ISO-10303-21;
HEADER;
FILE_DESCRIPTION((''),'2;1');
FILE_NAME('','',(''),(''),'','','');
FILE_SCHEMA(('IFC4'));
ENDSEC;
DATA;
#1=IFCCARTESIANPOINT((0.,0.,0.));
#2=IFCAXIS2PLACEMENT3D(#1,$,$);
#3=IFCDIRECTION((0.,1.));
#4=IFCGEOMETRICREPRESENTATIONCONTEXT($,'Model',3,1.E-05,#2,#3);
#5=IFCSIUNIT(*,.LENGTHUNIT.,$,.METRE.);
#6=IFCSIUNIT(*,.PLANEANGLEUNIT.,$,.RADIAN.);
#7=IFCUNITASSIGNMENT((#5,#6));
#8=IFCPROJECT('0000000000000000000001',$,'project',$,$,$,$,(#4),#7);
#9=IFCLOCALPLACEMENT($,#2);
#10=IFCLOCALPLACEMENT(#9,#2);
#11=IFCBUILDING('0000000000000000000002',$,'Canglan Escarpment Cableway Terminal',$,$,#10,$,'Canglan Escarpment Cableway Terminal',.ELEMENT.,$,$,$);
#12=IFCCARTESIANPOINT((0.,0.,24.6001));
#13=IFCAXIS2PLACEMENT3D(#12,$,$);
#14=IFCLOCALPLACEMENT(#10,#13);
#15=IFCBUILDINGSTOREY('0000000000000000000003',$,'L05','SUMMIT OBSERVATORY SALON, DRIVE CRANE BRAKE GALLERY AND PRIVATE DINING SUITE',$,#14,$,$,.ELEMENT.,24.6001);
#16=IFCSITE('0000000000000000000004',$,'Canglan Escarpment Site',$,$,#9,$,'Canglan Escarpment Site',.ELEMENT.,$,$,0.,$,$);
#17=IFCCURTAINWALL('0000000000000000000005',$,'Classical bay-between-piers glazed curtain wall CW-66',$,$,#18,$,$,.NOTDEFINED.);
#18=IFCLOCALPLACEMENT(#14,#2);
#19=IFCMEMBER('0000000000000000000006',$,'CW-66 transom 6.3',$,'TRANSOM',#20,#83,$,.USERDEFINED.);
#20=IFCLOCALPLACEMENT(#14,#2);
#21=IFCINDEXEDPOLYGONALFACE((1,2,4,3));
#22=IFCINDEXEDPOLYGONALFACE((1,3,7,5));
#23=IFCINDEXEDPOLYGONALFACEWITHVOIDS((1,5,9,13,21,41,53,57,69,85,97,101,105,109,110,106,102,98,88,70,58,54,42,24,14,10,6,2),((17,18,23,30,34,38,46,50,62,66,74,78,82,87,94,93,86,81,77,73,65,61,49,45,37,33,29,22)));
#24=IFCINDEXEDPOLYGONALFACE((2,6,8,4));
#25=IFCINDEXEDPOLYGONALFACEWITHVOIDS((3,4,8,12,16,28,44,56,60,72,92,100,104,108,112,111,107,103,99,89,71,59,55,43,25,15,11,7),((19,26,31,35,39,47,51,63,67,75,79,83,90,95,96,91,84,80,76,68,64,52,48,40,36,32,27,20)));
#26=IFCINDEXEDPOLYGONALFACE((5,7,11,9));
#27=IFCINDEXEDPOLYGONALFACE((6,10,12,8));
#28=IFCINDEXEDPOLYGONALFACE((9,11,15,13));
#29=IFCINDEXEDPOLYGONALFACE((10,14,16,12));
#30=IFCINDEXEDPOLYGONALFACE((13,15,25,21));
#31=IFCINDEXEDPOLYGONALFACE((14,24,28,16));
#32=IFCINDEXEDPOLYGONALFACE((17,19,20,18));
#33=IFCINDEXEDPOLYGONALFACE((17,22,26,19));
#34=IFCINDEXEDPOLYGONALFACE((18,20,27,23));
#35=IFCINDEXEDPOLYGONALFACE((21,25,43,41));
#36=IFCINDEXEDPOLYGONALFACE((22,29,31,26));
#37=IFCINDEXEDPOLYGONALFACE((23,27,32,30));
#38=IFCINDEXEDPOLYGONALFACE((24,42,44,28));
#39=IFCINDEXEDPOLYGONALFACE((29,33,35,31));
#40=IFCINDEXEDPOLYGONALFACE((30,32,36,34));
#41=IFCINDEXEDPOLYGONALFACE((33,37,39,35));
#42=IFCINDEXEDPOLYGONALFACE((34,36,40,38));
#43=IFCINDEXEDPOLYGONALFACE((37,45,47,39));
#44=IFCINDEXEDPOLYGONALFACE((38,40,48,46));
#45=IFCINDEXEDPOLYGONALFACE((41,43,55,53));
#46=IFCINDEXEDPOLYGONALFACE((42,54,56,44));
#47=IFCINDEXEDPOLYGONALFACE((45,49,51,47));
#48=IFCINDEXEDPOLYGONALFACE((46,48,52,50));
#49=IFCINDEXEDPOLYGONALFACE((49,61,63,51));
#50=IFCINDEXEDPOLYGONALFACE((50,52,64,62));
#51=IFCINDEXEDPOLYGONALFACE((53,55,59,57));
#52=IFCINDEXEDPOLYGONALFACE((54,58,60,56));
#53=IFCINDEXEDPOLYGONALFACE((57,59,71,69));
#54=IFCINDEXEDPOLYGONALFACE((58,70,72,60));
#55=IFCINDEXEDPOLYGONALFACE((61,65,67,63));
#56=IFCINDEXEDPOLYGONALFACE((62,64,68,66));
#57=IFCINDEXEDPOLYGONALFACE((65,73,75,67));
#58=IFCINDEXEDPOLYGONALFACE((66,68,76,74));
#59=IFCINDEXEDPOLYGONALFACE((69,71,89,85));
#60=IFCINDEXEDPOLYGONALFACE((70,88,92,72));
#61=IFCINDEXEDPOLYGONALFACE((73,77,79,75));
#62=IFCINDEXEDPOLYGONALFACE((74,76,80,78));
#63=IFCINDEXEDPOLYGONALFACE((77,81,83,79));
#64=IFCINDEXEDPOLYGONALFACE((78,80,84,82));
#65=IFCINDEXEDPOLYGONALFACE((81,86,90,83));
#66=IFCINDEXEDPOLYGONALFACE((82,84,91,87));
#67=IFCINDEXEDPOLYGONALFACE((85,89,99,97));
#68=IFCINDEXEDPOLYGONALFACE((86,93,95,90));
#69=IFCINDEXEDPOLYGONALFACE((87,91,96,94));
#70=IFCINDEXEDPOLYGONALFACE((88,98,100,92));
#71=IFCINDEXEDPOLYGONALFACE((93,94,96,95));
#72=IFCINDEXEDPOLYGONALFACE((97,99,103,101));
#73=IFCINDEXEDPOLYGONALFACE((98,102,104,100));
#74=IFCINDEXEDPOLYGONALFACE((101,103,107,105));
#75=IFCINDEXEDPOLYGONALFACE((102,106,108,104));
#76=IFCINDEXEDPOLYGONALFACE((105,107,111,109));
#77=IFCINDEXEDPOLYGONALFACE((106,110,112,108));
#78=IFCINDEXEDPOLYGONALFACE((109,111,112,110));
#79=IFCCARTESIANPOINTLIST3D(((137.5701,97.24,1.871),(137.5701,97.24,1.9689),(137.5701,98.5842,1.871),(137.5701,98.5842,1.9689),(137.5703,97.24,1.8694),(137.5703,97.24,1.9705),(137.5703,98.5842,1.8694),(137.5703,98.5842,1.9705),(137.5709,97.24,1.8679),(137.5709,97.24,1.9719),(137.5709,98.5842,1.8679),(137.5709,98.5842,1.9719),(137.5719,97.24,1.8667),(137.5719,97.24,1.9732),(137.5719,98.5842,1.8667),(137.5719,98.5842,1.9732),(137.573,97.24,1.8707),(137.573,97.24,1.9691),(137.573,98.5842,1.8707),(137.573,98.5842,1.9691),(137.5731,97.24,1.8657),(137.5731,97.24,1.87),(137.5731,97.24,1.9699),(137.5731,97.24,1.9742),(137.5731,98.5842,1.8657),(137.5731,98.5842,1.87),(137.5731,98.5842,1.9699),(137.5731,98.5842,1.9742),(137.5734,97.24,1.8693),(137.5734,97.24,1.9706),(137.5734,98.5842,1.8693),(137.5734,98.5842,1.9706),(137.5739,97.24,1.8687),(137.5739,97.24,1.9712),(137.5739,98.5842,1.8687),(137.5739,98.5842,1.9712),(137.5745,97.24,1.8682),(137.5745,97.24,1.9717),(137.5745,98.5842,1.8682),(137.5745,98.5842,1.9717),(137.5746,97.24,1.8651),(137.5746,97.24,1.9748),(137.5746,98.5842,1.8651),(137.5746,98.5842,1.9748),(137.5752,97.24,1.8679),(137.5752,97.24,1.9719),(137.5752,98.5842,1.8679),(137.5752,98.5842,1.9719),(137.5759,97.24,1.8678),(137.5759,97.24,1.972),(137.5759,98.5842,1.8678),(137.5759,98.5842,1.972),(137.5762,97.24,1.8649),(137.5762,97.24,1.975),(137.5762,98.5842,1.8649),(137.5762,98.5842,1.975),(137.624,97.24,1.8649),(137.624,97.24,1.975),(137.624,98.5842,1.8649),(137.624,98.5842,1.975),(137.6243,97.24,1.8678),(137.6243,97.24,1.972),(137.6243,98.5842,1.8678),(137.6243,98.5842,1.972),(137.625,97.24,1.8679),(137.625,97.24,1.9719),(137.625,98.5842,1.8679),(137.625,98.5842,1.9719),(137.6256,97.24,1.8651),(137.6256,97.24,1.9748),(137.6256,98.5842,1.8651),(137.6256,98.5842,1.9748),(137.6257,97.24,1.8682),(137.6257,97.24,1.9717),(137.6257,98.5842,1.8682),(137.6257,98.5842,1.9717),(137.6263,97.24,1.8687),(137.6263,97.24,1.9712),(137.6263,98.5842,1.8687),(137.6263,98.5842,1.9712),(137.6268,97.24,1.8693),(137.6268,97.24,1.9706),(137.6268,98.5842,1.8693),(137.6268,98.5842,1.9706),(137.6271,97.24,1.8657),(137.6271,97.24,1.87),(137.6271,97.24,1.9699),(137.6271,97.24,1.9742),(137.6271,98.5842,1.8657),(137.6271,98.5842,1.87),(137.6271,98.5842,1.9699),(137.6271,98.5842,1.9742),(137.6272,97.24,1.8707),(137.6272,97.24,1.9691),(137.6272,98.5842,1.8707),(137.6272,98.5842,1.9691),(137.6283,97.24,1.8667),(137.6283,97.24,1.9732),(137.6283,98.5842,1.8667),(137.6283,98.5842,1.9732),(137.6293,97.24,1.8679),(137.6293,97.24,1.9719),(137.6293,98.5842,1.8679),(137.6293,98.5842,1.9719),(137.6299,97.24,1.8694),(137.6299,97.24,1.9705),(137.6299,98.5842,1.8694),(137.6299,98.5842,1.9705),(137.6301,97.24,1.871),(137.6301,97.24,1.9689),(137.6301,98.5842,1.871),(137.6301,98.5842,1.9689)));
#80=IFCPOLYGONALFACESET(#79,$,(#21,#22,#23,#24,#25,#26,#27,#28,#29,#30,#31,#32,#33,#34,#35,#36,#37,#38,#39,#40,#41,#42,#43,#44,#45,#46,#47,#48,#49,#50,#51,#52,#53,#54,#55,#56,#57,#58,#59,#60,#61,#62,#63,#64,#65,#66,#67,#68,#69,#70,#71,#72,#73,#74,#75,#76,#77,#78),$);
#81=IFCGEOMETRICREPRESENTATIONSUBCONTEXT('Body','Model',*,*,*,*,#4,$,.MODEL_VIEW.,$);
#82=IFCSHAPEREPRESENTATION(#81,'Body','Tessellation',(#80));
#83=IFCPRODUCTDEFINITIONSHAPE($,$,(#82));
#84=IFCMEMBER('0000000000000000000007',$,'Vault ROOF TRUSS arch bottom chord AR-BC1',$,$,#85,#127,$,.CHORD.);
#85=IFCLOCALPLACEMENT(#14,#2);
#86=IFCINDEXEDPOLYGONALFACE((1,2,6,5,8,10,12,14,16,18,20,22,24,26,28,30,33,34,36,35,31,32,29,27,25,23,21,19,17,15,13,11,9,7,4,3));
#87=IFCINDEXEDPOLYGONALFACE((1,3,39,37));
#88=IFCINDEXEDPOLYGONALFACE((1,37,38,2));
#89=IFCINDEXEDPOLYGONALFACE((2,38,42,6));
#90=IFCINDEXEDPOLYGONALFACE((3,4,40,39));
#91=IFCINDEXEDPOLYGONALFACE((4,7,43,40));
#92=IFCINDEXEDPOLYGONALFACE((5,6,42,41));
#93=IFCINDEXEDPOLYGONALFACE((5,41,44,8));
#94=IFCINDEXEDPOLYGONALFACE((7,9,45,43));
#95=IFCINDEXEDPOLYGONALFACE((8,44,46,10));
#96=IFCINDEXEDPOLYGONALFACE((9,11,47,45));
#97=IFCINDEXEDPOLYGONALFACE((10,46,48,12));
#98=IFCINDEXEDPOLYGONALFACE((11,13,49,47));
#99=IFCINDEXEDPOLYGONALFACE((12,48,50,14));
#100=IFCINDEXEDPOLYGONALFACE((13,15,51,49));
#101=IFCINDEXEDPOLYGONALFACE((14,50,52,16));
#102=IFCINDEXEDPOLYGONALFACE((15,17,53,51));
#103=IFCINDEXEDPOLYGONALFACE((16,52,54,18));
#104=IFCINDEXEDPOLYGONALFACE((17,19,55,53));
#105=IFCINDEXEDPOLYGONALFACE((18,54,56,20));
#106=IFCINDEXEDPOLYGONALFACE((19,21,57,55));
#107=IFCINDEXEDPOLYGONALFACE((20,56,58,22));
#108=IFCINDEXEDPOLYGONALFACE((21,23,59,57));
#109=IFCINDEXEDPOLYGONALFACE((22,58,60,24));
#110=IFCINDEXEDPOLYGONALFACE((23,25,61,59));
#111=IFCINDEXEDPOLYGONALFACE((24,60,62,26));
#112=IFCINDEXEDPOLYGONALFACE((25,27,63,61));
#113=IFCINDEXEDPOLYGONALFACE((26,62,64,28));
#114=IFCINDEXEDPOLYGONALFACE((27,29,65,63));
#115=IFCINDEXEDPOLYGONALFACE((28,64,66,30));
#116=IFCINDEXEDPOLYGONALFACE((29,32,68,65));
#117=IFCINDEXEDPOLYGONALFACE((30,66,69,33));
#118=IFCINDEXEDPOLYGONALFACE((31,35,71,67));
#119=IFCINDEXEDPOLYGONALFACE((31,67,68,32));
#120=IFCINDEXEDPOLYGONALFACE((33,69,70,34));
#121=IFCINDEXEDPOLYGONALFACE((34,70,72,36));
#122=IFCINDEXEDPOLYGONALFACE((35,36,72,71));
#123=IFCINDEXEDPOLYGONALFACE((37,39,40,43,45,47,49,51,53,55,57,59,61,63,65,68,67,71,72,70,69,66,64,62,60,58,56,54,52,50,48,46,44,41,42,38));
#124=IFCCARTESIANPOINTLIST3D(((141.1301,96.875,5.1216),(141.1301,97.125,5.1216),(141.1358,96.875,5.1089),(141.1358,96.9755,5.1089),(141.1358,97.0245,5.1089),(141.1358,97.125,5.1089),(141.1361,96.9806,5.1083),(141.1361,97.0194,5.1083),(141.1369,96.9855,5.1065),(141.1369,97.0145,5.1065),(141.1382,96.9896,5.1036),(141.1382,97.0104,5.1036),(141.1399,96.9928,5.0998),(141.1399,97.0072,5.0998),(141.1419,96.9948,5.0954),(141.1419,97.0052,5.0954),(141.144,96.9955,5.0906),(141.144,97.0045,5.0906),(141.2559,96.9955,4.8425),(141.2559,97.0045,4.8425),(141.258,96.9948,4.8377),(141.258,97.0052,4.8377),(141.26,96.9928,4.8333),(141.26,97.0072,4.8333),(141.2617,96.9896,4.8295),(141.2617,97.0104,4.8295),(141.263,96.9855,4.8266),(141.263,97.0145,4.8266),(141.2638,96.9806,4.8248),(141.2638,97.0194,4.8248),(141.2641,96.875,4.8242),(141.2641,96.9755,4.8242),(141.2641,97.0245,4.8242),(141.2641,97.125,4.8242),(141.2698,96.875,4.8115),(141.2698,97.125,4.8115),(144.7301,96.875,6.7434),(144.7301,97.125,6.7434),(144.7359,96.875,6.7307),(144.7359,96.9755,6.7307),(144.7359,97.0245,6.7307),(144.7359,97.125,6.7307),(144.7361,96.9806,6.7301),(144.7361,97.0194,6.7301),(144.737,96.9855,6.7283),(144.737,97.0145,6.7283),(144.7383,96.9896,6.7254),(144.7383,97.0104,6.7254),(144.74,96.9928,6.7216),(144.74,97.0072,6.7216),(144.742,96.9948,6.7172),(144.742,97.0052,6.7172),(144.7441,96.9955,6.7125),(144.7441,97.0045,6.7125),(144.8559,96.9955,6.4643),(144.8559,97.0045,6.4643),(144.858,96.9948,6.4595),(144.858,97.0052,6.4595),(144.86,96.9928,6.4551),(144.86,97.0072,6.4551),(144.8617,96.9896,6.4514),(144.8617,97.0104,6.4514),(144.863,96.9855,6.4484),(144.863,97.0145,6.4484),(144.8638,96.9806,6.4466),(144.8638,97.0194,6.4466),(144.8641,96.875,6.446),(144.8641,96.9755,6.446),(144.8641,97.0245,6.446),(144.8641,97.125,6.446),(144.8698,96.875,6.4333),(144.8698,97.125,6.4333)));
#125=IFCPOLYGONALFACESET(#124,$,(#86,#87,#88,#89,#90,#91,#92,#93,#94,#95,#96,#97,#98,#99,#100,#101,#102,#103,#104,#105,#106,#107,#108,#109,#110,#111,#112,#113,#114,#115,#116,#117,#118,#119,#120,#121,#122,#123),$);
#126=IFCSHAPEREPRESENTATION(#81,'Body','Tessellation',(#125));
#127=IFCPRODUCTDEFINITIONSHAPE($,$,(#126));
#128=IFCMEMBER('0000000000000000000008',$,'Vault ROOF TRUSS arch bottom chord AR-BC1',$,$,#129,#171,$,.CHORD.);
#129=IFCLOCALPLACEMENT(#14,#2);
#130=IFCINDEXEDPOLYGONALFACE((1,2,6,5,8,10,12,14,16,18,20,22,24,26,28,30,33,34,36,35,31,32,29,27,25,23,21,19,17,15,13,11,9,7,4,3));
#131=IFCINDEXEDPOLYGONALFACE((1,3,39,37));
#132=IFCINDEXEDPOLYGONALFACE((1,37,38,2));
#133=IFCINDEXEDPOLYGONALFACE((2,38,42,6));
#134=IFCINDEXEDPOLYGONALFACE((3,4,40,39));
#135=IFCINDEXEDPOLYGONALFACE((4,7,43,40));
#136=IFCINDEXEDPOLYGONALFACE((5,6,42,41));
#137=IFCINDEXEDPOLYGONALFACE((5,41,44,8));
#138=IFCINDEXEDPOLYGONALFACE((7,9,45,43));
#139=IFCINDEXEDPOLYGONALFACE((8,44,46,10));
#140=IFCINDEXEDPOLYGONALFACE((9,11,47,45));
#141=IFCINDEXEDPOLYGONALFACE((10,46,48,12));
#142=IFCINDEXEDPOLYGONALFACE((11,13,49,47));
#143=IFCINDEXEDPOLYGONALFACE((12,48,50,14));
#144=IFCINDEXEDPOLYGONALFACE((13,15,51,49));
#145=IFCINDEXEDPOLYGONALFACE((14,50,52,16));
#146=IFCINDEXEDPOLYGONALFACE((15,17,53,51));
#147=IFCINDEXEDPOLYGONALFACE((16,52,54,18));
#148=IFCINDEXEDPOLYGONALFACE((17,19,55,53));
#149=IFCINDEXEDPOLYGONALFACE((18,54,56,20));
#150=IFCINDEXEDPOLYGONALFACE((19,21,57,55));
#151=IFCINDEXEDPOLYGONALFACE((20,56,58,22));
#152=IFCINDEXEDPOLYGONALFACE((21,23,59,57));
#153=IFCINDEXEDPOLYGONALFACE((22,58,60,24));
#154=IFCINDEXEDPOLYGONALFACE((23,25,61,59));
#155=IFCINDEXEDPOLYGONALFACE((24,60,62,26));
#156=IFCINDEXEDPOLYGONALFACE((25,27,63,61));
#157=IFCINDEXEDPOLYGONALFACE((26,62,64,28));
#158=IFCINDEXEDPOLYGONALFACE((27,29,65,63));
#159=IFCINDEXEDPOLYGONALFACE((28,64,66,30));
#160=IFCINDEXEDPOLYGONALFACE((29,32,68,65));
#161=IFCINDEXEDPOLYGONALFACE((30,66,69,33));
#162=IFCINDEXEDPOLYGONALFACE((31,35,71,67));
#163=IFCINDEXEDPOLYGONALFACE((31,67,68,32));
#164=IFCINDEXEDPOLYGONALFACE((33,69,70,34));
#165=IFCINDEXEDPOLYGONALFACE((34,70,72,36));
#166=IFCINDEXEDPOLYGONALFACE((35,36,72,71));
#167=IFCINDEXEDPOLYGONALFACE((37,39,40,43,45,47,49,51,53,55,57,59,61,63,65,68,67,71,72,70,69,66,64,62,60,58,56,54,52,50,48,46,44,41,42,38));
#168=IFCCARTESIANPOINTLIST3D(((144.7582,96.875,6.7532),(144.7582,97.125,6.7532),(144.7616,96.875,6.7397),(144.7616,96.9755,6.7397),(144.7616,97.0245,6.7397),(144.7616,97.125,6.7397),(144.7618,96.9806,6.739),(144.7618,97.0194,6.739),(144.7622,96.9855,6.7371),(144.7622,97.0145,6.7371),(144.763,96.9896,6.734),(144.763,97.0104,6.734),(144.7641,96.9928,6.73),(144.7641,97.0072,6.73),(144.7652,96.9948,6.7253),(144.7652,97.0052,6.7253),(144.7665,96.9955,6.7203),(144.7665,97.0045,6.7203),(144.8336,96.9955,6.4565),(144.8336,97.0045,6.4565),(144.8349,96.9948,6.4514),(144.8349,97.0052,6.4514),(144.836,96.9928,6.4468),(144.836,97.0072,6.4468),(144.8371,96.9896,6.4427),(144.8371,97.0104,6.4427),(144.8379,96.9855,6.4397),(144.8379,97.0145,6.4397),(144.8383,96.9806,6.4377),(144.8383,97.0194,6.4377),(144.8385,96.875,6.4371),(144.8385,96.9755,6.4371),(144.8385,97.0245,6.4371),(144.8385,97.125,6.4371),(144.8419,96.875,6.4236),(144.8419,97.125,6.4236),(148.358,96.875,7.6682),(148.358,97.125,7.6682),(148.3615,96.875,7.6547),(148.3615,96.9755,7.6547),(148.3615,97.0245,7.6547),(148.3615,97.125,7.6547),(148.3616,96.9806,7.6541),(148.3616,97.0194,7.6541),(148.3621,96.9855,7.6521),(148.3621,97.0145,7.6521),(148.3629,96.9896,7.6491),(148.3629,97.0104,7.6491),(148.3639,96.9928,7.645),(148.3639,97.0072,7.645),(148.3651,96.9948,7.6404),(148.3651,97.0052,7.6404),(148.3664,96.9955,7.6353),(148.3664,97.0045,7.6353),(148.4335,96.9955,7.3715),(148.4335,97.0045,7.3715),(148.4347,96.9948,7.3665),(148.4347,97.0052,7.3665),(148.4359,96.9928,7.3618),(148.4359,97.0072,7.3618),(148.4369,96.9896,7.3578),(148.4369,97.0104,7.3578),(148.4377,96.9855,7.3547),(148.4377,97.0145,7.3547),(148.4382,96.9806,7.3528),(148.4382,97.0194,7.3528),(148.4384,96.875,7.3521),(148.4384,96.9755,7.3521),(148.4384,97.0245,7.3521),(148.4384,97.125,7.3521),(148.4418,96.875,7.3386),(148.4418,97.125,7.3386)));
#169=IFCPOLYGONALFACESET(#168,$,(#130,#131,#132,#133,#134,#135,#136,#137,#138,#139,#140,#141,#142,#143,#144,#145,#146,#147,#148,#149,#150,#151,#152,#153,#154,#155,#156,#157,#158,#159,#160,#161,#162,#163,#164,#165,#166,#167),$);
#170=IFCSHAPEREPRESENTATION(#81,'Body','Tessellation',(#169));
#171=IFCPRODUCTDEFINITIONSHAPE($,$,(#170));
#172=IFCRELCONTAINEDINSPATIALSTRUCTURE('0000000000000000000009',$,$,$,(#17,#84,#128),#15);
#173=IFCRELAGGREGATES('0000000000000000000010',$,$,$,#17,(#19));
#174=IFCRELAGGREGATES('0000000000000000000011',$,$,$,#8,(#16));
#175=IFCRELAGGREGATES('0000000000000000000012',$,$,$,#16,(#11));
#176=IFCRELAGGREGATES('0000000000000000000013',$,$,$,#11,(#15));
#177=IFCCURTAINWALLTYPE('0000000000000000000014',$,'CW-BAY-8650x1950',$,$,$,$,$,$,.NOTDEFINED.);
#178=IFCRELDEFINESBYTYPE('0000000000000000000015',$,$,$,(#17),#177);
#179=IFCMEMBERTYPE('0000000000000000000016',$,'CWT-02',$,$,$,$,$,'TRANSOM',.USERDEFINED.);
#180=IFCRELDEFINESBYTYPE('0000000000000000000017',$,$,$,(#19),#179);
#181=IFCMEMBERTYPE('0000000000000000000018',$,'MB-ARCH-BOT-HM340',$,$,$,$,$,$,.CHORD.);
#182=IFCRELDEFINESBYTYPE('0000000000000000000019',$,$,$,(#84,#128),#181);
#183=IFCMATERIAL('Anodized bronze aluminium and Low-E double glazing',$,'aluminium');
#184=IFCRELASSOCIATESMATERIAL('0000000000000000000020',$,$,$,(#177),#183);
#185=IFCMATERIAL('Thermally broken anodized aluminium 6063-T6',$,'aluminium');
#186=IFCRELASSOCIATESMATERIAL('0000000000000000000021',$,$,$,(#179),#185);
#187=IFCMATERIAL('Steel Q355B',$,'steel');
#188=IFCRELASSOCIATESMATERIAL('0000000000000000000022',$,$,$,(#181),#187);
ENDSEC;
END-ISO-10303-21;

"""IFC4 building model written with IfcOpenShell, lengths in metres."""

from ifc_helpers import new_model, si_unit, direction, frame, origin, origin_2d, place, context, subcontext, project, spatial, hollow_rectangle, i_section, extrude, material, material_profile, profile_set, type_object, element, aggregate, save


model = new_model("IFC4")

# Units and contexts
model_context = context("Model", 3, precision=1e-05, world=origin(), true_north=direction((0.0, 1.0)))
body_context = subcontext(model_context, "Body", "Model", "MODEL_VIEW")
ifc_project = project(units=[si_unit("LENGTHUNIT", "METRE"), si_unit("PLANEANGLEUNIT", "RADIAN")], contexts=[model_context])

# Site, building, storey
site_placement = place(None, origin())
site = spatial("IfcSite", under=ifc_project, at=site_placement, Name="Canglan Escarpment Site", LongName="Canglan Escarpment Site", CompositionType="ELEMENT", RefElevation=0.0)
building_placement = place(site_placement, origin())
building = spatial("IfcBuilding", under=site, at=building_placement, Name="Canglan Escarpment Cableway Terminal", LongName="Canglan Escarpment Cableway Terminal", CompositionType="ELEMENT")
storey_placement = place(building_placement, frame((0.0, 0.0, 24.6001)))
storey = spatial("IfcBuildingStorey", under=building, at=storey_placement, Name="L05", Description="SUMMIT OBSERVATORY SALON, DRIVE CRANE BRAKE GALLERY AND PRIVATE DINING SUITE", CompositionType="ELEMENT", Elevation=24.6001)

# Shared definitions
ifc_material_1 = material(Name="Steel Q355B", Category="steel")

# Curtain wall, member
ifc_material_2 = material(Name="Anodized bronze aluminium and Low-E double glazing", Category="aluminium")
curtain_wall_type = type_object("IfcCurtainWallType", Name="CW-BAY-8650x1950", PredefinedType="NOTDEFINED", material=ifc_material_2)
curtain_wall_placement = place(storey_placement, origin())
curtain_wall = element("IfcCurtainWall", 1, at=curtain_wall_placement, inside=storey, type_object=curtain_wall_type, Name="Classical bay-between-piers glazed curtain wall CW-66", PredefinedType="NOTDEFINED")
ifc_material_3 = material(Name="Thermally broken anodized aluminium 6063-T6", Category="aluminium")
ifc_material_profile_1 = material_profile(ifc_material_3, hollow_rectangle(XDim=0.0601, YDim=0.1101, WallThickness=0.0029, InnerFilletRadius=0.0029, OuterFilletRadius=0.0061, at=origin_2d()), Name="ALU-TRAN 60x110x3")
ifc_profile_set_1 = profile_set([ifc_material_profile_1], Name="Thermally broken anodized aluminium 6063-T6")
member_type_1 = type_object("IfcMemberType", Name="CWT-02", ElementType="TRANSOM", PredefinedType="USERDEFINED", material=ifc_profile_set_1)
member_1_placement = place(storey_placement, frame((137.6001, 98.5842, 1.9199), z_axis=(0.0, -1.0, 0.0), x_axis=(1.0, 0.0, 0.0)))
member_1 = element("IfcMember", 2, at=member_1_placement, type_object=member_type_1, Name="CW-66 transom 6.3", ObjectType="TRANSOM", PredefinedType="USERDEFINED", context=body_context, shape_type="SweptSolid", body=[
    extrude(hollow_rectangle(XDim=0.0601, YDim=0.1101, WallThickness=0.0029, InnerFilletRadius=0.0029, OuterFilletRadius=0.0061, at=origin_2d()), origin(), (0.0, 0.0, 1.0), 1.3442),
])

# Members
ifc_material_profile_2 = material_profile(ifc_material_1, i_section(OverallWidth=0.25, OverallDepth=0.3401, WebThickness=0.009, FlangeThickness=0.0139, FilletRadius=0.02, at=origin_2d()), Name="HM 340x250x9x14")
ifc_profile_set_2 = profile_set([ifc_material_profile_2], Name="Steel Q355B")
member_type_2 = type_object("IfcMemberType", Name="MB-ARCH-BOT-HM340", PredefinedType="CHORD", material=ifc_profile_set_2)
member_2_placement = place(storey_placement, frame((141.2, 97.0, 4.9666), z_axis=(0.911753, 0.0, 0.41074), x_axis=(0.0, 1.0, 0.0)))
element("IfcMember", 3, at=member_2_placement, inside=storey, type_object=member_type_2, Name="Vault ROOF TRUSS arch bottom chord AR-BC1", PredefinedType="CHORD", context=body_context, shape_type="SweptSolid", body=[
    extrude(i_section(OverallWidth=0.25, OverallDepth=0.3401, WebThickness=0.009, FlangeThickness=0.0139, FilletRadius=0.02, at=origin_2d()), origin(), (0.0, 0.0, 1.0), 3.9485),
])
member_3_placement = place(storey_placement, frame((144.8, 97.0, 6.5884), z_axis=(0.96918, 0.0, 0.246354), x_axis=(0.0, 1.0, 0.0)))
element("IfcMember", 4, at=member_3_placement, inside=storey, type_object=member_type_2, Name="Vault ROOF TRUSS arch bottom chord AR-BC1", PredefinedType="CHORD", context=body_context, shape_type="SweptSolid", body=[
    extrude(i_section(OverallWidth=0.25, OverallDepth=0.3401, WebThickness=0.009, FlangeThickness=0.0139, FilletRadius=0.02, at=origin_2d()), origin(), (0.0, 0.0, 1.0), 3.7144),
])

aggregate(curtain_wall, [member_1])

save(model, "model.ifc")
